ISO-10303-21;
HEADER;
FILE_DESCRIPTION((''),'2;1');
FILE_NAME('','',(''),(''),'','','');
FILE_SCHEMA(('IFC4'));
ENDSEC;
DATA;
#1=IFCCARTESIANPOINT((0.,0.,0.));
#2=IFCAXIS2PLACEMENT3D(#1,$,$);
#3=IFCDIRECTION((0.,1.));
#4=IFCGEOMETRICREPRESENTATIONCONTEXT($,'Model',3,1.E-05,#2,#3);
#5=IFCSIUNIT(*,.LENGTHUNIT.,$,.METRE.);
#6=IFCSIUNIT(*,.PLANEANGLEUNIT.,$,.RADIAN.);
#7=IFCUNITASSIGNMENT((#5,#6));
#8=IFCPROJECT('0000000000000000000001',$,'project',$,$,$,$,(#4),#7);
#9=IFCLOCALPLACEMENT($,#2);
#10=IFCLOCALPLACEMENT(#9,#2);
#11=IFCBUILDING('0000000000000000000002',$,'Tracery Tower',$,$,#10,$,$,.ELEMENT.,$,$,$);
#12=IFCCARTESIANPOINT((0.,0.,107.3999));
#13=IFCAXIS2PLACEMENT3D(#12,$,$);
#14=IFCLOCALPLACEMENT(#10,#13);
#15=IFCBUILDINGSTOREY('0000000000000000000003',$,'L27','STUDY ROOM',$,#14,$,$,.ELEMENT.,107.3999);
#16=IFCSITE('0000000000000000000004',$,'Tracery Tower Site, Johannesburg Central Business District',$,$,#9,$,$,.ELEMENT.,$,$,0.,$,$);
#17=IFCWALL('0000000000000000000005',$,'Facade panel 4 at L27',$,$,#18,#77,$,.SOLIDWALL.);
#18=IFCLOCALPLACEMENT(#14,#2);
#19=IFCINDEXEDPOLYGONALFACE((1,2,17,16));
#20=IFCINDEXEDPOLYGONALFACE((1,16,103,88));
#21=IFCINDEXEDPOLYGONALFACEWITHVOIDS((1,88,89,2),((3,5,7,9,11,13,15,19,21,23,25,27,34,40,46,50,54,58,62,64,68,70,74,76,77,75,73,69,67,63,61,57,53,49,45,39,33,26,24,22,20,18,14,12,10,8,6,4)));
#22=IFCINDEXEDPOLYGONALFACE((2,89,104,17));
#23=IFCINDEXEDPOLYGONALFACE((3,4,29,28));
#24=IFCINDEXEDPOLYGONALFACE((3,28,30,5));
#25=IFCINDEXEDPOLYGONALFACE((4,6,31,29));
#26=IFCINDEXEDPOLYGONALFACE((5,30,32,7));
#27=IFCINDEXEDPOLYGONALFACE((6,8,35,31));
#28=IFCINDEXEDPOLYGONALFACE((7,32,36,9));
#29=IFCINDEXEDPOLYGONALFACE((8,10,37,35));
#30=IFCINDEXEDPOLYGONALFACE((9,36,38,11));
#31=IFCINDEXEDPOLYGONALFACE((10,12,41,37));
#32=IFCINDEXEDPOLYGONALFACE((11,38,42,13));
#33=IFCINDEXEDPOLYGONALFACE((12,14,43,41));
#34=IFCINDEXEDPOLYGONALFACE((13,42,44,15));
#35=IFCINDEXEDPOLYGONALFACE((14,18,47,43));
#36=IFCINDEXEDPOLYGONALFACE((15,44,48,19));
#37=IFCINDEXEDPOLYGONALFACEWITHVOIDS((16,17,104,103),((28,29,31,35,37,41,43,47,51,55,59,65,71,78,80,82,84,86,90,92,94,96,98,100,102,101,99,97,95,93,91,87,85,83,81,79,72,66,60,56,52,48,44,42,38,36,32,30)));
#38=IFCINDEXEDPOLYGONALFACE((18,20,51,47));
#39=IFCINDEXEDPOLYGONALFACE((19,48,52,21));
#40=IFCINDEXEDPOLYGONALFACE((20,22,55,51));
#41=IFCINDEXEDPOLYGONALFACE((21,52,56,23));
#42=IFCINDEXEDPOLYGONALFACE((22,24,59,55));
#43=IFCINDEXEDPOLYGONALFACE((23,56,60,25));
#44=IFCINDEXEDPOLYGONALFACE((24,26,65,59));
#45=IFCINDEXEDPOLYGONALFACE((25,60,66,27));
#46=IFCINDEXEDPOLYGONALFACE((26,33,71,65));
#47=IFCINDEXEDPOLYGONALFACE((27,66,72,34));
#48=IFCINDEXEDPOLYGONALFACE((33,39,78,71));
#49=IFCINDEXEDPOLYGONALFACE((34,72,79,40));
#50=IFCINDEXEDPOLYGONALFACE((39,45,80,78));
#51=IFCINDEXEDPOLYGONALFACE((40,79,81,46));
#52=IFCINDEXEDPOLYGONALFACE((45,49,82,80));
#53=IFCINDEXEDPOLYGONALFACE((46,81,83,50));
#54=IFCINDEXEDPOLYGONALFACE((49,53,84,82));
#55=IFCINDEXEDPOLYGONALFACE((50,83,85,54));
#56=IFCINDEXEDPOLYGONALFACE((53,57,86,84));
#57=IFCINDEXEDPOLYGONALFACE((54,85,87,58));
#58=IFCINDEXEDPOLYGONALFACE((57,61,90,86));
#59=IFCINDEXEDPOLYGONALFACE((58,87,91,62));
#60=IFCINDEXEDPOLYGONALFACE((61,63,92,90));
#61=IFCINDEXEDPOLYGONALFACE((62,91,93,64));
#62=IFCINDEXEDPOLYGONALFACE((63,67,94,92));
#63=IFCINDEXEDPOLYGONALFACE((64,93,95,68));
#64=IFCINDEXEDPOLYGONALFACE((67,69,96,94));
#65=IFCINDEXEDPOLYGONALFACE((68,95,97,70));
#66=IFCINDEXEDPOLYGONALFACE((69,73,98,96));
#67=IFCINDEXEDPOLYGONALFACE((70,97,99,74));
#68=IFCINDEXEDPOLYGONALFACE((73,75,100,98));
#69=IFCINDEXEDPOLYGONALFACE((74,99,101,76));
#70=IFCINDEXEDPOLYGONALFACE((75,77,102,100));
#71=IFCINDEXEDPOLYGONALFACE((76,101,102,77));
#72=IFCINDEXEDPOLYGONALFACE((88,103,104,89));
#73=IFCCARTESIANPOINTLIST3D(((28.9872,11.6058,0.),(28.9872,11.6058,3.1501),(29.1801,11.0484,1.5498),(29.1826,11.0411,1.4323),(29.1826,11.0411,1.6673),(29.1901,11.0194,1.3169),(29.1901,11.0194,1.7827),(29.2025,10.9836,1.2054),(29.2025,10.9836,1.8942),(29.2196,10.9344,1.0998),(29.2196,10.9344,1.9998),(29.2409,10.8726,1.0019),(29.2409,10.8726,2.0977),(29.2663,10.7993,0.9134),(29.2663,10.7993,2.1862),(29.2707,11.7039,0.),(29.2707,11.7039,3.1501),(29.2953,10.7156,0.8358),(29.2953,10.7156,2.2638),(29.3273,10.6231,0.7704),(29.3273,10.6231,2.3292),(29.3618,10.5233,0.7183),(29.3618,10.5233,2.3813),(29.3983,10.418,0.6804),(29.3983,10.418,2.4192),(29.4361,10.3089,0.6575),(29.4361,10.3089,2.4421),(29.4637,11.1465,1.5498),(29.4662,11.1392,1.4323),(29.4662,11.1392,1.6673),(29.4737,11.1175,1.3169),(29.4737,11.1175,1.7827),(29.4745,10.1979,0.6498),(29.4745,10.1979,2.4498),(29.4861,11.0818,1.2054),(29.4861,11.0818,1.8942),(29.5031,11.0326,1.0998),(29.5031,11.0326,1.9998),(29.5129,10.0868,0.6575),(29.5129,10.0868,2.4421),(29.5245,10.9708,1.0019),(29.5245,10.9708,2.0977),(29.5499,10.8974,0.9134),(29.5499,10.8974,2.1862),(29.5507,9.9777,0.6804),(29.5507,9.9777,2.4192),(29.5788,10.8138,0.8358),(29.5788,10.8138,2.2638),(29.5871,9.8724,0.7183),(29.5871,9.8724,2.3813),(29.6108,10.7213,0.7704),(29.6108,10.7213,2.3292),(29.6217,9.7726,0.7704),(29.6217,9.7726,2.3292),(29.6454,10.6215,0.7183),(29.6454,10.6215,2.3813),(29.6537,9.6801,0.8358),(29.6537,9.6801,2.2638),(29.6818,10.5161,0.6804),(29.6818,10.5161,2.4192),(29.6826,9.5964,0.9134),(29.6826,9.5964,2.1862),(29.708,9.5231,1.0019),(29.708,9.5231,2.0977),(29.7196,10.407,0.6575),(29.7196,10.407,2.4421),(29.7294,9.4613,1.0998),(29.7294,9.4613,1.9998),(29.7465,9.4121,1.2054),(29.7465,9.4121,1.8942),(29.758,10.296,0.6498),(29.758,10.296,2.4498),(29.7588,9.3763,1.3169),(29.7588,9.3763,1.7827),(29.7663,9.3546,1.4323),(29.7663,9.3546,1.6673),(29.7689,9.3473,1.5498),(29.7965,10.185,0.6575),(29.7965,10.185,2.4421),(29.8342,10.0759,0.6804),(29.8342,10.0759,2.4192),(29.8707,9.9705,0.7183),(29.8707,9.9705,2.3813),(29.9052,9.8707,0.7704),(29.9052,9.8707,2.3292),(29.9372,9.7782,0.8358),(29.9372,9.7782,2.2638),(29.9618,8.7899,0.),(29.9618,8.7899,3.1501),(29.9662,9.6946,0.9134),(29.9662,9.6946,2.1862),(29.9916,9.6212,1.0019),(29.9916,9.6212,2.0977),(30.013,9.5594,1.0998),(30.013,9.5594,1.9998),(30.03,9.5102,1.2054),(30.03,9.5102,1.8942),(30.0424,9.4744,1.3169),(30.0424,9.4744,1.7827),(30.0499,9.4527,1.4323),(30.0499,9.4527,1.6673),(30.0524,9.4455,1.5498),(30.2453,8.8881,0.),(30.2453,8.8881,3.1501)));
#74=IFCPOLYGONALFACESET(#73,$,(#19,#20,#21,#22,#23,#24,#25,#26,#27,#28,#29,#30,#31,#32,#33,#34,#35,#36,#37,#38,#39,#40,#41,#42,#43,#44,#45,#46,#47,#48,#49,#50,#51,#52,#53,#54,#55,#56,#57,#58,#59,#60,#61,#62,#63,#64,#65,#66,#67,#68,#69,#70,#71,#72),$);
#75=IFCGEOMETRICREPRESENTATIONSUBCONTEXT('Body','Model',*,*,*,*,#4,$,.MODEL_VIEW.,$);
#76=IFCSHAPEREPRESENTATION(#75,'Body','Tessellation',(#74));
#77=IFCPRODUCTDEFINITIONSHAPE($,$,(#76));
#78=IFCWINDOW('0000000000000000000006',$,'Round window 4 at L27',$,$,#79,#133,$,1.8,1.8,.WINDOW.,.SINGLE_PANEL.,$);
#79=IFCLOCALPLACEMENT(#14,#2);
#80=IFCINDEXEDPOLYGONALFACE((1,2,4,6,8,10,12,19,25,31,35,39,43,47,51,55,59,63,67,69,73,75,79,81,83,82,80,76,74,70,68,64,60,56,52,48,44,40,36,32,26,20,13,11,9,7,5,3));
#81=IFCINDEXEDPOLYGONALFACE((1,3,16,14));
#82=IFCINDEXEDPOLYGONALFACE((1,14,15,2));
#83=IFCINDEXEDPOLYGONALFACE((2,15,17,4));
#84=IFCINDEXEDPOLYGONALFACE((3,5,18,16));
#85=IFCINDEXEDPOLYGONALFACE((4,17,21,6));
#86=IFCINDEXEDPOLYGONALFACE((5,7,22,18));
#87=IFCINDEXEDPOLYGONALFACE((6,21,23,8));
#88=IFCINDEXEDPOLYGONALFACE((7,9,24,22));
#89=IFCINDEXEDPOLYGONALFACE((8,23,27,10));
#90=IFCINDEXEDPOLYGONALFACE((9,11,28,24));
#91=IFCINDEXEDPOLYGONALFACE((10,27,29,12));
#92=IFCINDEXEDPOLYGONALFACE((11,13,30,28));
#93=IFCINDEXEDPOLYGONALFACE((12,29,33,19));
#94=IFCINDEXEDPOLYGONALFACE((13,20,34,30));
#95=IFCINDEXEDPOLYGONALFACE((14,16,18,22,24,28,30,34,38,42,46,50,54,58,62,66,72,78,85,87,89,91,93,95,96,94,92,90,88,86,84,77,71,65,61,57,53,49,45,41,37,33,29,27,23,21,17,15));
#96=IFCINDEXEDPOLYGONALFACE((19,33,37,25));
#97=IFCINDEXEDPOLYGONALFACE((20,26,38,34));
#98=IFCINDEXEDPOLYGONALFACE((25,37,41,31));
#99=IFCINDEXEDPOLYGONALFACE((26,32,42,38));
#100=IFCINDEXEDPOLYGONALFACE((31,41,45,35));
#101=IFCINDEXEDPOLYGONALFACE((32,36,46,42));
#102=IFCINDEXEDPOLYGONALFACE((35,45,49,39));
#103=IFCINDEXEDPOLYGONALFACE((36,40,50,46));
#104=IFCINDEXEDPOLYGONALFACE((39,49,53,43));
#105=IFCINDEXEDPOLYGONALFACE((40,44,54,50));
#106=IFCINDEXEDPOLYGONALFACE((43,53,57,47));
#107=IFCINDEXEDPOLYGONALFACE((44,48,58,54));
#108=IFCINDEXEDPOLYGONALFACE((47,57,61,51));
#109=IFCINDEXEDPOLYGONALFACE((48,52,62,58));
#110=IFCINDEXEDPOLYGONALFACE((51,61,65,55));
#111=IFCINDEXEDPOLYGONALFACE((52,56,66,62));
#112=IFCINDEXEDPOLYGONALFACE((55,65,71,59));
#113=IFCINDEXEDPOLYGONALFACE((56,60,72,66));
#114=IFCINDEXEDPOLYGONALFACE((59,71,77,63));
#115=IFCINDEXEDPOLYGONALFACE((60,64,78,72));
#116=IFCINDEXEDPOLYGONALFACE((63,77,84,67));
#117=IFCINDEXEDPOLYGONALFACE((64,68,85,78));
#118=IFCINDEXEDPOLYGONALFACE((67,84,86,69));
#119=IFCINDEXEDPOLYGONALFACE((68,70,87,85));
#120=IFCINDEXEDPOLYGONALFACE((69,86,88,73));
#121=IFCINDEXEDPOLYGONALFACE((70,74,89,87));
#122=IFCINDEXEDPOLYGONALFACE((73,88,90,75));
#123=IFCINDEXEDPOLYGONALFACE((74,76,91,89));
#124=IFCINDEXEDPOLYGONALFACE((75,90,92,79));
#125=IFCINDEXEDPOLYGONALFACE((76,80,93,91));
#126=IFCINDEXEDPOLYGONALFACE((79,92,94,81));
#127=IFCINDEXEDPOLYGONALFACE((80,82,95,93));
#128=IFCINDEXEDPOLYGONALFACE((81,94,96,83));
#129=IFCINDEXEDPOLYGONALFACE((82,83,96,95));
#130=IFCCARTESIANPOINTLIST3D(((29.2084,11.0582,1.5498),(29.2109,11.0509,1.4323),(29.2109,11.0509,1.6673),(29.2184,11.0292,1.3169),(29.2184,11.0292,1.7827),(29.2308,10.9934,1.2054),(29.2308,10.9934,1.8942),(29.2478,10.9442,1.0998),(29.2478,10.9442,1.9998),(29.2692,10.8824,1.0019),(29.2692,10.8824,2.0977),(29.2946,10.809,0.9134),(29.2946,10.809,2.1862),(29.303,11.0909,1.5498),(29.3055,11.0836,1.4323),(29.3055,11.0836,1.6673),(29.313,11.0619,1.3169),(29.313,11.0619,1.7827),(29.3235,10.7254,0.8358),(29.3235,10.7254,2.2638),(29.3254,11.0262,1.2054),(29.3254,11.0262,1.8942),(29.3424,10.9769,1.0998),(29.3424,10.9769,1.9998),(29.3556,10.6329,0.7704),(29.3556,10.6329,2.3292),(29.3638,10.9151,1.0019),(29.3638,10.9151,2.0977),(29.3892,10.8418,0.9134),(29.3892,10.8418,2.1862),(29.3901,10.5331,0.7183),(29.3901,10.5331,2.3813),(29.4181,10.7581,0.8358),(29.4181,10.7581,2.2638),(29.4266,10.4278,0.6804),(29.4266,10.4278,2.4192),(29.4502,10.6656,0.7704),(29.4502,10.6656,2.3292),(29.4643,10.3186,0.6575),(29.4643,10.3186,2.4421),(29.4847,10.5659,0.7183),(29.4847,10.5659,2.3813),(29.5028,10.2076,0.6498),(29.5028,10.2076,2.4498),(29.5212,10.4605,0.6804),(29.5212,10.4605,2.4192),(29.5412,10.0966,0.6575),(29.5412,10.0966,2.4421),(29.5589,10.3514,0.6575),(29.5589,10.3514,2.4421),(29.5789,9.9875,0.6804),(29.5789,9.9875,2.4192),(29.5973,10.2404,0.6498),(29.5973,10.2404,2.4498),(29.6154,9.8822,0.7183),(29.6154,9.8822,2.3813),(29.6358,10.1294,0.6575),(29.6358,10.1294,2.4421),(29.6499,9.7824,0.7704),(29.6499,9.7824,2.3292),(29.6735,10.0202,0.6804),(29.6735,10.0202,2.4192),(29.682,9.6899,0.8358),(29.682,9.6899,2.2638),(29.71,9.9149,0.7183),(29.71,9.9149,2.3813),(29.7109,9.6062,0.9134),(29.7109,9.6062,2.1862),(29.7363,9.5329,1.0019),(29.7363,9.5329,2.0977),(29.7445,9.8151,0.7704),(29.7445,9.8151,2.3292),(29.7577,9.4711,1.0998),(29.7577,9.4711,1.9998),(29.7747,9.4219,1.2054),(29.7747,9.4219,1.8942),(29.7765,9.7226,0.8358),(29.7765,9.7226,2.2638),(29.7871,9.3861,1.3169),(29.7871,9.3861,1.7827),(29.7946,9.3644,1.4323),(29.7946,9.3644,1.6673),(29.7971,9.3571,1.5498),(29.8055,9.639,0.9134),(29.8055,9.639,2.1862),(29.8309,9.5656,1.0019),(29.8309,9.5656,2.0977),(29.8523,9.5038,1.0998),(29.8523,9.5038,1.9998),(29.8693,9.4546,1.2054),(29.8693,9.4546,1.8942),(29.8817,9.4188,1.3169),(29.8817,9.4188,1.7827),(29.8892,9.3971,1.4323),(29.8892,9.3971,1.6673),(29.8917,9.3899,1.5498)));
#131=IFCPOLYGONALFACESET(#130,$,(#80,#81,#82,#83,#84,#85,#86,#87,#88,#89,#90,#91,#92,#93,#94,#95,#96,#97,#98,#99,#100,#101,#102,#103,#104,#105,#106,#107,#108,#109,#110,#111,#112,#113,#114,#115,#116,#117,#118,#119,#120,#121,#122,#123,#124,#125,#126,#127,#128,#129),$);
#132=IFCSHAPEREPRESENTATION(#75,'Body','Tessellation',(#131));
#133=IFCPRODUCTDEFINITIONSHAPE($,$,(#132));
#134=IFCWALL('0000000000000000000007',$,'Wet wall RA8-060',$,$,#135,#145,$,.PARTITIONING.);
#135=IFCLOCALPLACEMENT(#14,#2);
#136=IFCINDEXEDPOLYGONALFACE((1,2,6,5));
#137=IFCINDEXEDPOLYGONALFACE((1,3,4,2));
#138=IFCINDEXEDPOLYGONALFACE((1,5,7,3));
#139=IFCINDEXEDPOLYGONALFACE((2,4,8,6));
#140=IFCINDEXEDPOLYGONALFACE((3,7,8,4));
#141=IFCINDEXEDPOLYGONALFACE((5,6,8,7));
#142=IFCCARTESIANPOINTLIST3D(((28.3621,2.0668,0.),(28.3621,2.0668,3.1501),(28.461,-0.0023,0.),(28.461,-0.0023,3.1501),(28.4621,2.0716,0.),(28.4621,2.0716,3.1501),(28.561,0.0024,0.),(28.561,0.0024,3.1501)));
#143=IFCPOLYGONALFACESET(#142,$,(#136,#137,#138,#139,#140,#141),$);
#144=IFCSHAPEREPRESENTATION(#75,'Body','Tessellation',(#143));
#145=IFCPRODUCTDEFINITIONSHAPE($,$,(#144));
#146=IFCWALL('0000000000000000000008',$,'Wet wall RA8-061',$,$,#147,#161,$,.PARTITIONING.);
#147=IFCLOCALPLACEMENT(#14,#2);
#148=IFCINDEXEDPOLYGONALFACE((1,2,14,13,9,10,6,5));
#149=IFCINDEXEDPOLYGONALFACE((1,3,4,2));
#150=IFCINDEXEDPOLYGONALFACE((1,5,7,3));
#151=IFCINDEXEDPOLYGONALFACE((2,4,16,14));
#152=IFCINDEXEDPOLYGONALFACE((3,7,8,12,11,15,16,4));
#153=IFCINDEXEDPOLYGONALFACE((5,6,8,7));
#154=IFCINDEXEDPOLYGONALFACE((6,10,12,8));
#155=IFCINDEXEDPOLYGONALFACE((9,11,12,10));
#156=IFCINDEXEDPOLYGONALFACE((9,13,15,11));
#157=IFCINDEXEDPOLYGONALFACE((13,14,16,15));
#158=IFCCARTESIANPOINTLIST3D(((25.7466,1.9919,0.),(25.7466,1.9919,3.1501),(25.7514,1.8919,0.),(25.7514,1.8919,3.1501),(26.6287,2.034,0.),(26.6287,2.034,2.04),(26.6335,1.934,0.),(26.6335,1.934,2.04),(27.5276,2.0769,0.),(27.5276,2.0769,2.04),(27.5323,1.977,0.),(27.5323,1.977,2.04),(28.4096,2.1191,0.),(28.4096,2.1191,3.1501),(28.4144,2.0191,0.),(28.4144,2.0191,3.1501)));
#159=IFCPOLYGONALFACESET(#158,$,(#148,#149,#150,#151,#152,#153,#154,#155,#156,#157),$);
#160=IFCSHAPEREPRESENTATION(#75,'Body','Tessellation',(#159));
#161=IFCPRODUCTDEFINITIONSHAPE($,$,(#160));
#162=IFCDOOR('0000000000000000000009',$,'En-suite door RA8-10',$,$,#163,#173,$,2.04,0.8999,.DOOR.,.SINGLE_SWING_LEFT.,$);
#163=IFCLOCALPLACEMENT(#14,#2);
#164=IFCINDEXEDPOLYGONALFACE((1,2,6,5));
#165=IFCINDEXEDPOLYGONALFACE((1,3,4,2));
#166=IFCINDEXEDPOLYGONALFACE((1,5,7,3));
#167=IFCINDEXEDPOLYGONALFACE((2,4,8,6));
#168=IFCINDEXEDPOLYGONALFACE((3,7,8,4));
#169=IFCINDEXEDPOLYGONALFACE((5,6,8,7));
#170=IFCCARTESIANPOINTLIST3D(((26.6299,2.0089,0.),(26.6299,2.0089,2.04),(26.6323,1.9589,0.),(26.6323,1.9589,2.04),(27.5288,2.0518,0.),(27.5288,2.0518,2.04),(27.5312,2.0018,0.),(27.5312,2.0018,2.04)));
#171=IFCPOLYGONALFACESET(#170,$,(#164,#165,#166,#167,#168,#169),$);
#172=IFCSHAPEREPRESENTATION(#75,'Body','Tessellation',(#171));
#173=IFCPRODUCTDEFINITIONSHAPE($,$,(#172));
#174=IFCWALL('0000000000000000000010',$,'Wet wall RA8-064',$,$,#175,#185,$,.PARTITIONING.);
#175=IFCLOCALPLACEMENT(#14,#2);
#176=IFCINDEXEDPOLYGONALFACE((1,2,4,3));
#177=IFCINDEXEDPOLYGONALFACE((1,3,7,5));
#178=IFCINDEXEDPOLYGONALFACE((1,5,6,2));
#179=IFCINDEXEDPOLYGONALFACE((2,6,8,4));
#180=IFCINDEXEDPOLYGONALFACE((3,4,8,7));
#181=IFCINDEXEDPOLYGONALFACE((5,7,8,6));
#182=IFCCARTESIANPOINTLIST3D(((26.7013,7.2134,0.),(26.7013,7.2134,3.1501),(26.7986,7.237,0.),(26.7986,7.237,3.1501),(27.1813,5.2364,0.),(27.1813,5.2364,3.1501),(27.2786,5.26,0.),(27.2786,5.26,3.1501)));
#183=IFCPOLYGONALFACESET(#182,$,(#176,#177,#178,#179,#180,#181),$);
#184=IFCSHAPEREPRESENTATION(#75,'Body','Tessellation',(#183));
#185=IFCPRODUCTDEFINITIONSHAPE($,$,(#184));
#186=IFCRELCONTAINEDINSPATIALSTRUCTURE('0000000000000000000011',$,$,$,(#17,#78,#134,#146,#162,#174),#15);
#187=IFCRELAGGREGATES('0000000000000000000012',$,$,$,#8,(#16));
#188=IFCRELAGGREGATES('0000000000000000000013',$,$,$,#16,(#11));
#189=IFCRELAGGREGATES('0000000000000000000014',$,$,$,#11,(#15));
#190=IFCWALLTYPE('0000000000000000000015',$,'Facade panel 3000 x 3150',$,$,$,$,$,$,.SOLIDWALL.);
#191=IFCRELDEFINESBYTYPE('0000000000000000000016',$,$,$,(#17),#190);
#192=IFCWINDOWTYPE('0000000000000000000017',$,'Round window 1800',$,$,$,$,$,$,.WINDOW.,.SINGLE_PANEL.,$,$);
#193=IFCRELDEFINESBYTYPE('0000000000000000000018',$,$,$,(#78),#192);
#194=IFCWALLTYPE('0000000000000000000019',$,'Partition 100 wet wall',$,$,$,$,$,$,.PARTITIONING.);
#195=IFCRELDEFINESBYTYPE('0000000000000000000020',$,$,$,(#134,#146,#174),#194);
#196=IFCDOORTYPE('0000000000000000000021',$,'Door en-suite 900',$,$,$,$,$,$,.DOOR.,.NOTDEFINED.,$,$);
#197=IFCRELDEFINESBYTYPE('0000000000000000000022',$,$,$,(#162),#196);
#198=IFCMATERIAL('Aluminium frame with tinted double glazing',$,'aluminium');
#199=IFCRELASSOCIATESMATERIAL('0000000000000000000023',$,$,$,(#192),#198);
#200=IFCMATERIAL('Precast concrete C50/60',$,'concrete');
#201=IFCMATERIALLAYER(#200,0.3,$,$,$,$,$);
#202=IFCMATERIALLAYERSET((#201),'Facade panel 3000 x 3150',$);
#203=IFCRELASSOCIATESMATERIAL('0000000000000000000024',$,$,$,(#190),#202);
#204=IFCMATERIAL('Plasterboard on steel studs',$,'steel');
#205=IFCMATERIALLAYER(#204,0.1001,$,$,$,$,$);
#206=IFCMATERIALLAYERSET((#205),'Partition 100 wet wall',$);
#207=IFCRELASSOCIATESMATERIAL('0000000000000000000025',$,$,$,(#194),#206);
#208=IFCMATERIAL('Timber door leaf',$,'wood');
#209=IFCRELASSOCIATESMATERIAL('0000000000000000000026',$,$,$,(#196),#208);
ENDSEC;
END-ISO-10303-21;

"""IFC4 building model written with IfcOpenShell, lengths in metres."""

from ifc_helpers import new_model, si_unit, direction, frame, frame_2d, origin, origin_2d, place, context, subcontext, project, spatial, rectangle, circle, extrude, material, layer, layer_set, type_object, element, fill, save


model = new_model("IFC4")

# Units and contexts
model_context = context("Model", 3, precision=1e-05, world=origin(), true_north=direction((0.0, 1.0)))
body_context = subcontext(model_context, "Body", "Model", "MODEL_VIEW")
ifc_project = project(units=[si_unit("LENGTHUNIT", "METRE"), si_unit("PLANEANGLEUNIT", "RADIAN")], contexts=[model_context])

# Site, building, storey
site_placement = place(None, origin())
site = spatial("IfcSite", under=ifc_project, at=site_placement, Name="Tracery Tower Site, Johannesburg Central Business District", CompositionType="ELEMENT", RefElevation=0.0)
building_placement = place(site_placement, origin())
building = spatial("IfcBuilding", under=site, at=building_placement, Name="Tracery Tower", CompositionType="ELEMENT")
storey_placement = place(building_placement, frame((0.0, 0.0, 107.3999)))
storey = spatial("IfcBuildingStorey", under=building, at=storey_placement, Name="L27", Description="STUDY ROOM", CompositionType="ELEMENT", Elevation=107.3999)

# Wall, opening, window
ifc_material_1 = material(Name="Aluminium frame with tinted double glazing", Category="aluminium")
window_type = type_object("IfcWindowType", Name="Round window 1800", PartitioningType="SINGLE_PANEL", PredefinedType="WINDOW", material=ifc_material_1)
ifc_material_2 = material(Name="Precast concrete C50/60", Category="concrete")
ifc_layer_1 = layer(ifc_material_2, 0.3)
ifc_layer_set_1 = layer_set([ifc_layer_1], Name="Facade panel 3000 x 3150")
wall_type_1 = type_object("IfcWallType", Name="Facade panel 3000 x 3150", PredefinedType="SOLIDWALL", material=ifc_layer_set_1)
wall_1_placement = place(storey_placement, frame((30.1035, 8.8391, 0.0), z_axis=(0.0, 0.0, 1.0), x_axis=(-0.327071, 0.945, 0.0)))
wall_1 = element("IfcWall", 1, at=wall_1_placement, inside=storey, type_object=wall_type_1, Name="Facade panel 4 at L27", PredefinedType="SOLIDWALL", context=body_context, shape_type="SweptSolid", body=[
    extrude(rectangle(XDim=2.9797, YDim=0.3, at=frame_2d((1.4897, 0.0))), origin(), (0.0, 0.0, 1.0), 3.1501),
])
opening_1_placement = place(wall_1_placement, frame((1.4897, 0.0, 1.5498)))
opening_1 = element("IfcOpeningElement", 2, at=opening_1_placement, cuts=wall_1, PredefinedType="OPENING", context=body_context, shape_type="SweptSolid", body=[
    extrude(circle(Radius=0.9, at=origin_2d()), frame((0.0, 0.1599, 0.0), z_axis=(0.0, -1.0, 0.0), x_axis=(1.0, 0.0, 0.0)), (0.0, 0.0, 1.0), 0.3201),
])
window_1_placement = place(opening_1_placement, origin())
window_1 = element("IfcWindow", 3, at=window_1_placement, inside=storey, type_object=window_type, Name="Round window 4 at L27", OverallHeight=1.8, OverallWidth=1.8, PartitioningType="SINGLE_PANEL", PredefinedType="WINDOW", context=body_context, shape_type="SweptSolid", body=[
    extrude(circle(Radius=0.9, at=origin_2d()), frame((0.0, 0.1201, 0.0), z_axis=(0.0, -1.0, 0.0), x_axis=(1.0, 0.0, 0.0)), (0.0, 0.0, 1.0), 0.1001),
])
fill(opening_1, window_1)

# Wall
ifc_material_3 = material(Name="Plasterboard on steel studs", Category="steel")
ifc_layer_2 = layer(ifc_material_3, 0.1001)
ifc_layer_set_2 = layer_set([ifc_layer_2], Name="Partition 100 wet wall")
wall_type_2 = type_object("IfcWallType", Name="Partition 100 wet wall", PredefinedType="PARTITIONING", material=ifc_layer_set_2)
wall_2_placement = place(storey_placement, frame((28.4121, 2.0691, 0.0), z_axis=(0.0, 0.0, 1.0), x_axis=(0.047733, -0.99886, 0.0)))
element("IfcWall", 4, at=wall_2_placement, inside=storey, type_object=wall_type_2, Name="Wet wall RA8-060", PredefinedType="PARTITIONING", context=body_context, shape_type="SweptSolid", body=[
    extrude(rectangle(XDim=2.0715, YDim=0.1001, at=frame_2d((1.0356, 0.0))), origin(), (0.0, 0.0, 1.0), 3.1501),
])

# Wall, opening, door
wall_3_placement = place(storey_placement, frame((25.749, 1.9419, 0.0), z_axis=(0.0, 0.0, 1.0), x_axis=(0.998861, 0.047709, 0.0)))
wall_3 = element("IfcWall", 5, at=wall_3_placement, inside=storey, type_object=wall_type_2, Name="Wet wall RA8-061", PredefinedType="PARTITIONING", context=body_context, shape_type="SweptSolid", body=[
    extrude(rectangle(XDim=2.666, YDim=0.1001, at=frame_2d((1.333, 0.0))), origin(), (0.0, 0.0, 1.0), 3.1501),
])
opening_2_placement = place(wall_3_placement, frame((0.8831, 0.0, 0.0)))
opening_2 = element("IfcOpeningElement", 6, at=opening_2_placement, cuts=wall_3, PredefinedType="OPENING", context=body_context, shape_type="SweptSolid", body=[
    extrude(rectangle(XDim=0.8999, YDim=2.04, at=frame_2d((0.45, 1.02))), frame((0.0, 0.05, 0.0), z_axis=(0.0, -1.0, 0.0), x_axis=(1.0, 0.0, 0.0)), (0.0, 0.0, 1.0), 0.1001),
])
ifc_material_4 = material(Name="Timber door leaf", Category="wood")
door_type = type_object("IfcDoorType", Name="Door en-suite 900", OperationType="NOTDEFINED", PredefinedType="DOOR", material=ifc_material_4)
door_1_placement = place(opening_2_placement, origin())
door_1 = element("IfcDoor", 7, at=door_1_placement, inside=storey, type_object=door_type, Name="En-suite door RA8-10", OperationType="SINGLE_SWING_LEFT", OverallHeight=2.04, OverallWidth=0.8999, PredefinedType="DOOR", context=body_context, shape_type="SweptSolid", body=[
    extrude(rectangle(XDim=0.8999, YDim=2.04, at=frame_2d((0.45, 1.02))), frame((0.0, 0.0249, 0.0), z_axis=(0.0, -1.0, 0.0), x_axis=(1.0, 0.0, 0.0)), (0.0, 0.0, 1.0), 0.05),
])
fill(opening_2, door_1)

# Wall
wall_4_placement = place(storey_placement, frame((26.75, 7.2251, 0.0), z_axis=(0.0, 0.0, 1.0), x_axis=(0.235923, -0.971772, 0.0)))
element("IfcWall", 8, at=wall_4_placement, inside=storey, type_object=wall_type_2, Name="Wet wall RA8-064", PredefinedType="PARTITIONING", context=body_context, shape_type="SweptSolid", body=[
    extrude(rectangle(XDim=2.0344, YDim=0.1001, at=frame_2d((1.0171, 0.0))), origin(), (0.0, 0.0, 1.0), 3.1501),
])

save(model, "model.ifc")
